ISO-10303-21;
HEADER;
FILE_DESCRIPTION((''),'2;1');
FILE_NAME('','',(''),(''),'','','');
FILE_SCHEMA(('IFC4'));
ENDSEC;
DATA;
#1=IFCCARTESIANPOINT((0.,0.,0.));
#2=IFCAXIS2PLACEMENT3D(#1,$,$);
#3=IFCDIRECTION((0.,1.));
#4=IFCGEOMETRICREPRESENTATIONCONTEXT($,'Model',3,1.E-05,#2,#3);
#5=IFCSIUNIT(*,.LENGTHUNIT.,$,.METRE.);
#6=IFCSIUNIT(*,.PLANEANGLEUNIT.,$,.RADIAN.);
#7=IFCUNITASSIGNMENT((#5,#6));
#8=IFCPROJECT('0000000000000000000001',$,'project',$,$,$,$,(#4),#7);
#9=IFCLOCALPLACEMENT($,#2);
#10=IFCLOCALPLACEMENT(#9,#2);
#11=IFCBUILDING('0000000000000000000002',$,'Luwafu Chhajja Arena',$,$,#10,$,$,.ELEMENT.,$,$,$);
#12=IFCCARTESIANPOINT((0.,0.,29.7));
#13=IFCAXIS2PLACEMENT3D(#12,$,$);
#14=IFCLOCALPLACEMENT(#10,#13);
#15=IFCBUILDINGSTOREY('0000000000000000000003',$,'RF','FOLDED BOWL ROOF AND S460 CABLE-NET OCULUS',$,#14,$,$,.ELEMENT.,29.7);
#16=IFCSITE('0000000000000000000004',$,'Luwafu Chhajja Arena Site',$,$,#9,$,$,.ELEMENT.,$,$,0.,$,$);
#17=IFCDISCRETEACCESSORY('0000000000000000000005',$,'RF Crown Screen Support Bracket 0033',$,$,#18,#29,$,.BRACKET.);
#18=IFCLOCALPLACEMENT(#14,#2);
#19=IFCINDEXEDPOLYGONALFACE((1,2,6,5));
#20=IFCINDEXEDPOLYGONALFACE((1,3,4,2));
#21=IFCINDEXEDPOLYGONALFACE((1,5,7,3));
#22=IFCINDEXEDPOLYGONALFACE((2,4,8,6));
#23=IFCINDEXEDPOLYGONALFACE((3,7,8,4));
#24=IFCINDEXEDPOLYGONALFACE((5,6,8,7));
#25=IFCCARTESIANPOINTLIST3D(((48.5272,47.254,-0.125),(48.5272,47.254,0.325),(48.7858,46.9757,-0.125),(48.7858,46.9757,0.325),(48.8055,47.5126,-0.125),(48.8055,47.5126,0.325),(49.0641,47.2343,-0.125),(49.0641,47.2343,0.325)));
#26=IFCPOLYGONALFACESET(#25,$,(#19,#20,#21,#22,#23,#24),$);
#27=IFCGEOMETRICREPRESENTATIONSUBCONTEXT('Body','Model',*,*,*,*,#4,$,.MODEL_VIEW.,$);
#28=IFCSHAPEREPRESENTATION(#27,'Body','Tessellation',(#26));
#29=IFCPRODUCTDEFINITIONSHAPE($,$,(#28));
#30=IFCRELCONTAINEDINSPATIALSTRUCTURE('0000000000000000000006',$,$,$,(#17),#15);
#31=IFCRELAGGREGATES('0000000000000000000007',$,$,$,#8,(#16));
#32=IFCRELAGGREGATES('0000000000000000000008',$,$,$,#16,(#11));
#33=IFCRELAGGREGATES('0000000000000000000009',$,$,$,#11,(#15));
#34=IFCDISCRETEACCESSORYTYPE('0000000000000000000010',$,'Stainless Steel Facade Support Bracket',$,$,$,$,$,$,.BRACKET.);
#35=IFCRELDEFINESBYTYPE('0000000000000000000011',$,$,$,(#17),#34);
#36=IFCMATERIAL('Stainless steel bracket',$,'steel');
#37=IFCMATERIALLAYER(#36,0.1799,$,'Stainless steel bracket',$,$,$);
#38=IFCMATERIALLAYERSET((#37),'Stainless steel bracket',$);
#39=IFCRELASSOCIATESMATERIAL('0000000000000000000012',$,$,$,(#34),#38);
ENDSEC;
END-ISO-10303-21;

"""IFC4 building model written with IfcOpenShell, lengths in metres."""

from ifc_helpers import new_model, si_unit, direction, frame, origin, origin_2d, place, context, subcontext, project, spatial, rectangle, extrude, material, layer, layer_set, type_object, element, save


model = new_model("IFC4")

# Units and contexts
model_context = context("Model", 3, precision=1e-05, world=origin(), true_north=direction((0.0, 1.0)))
body_context = subcontext(model_context, "Body", "Model", "MODEL_VIEW")
ifc_project = project(units=[si_unit("LENGTHUNIT", "METRE"), si_unit("PLANEANGLEUNIT", "RADIAN")], contexts=[model_context])

# Site, building, storey
site_placement = place(None, origin())
site = spatial("IfcSite", under=ifc_project, at=site_placement, Name="Luwafu Chhajja Arena Site", CompositionType="ELEMENT", RefElevation=0.0)
building_placement = place(site_placement, origin())
building = spatial("IfcBuilding", under=site, at=building_placement, Name="Luwafu Chhajja Arena", CompositionType="ELEMENT")
storey_placement = place(building_placement, frame((0.0, 0.0, 29.7)))
storey = spatial("IfcBuildingStorey", under=building, at=storey_placement, Name="RF", Description="FOLDED BOWL ROOF AND S460 CABLE-NET OCULUS", CompositionType="ELEMENT", Elevation=29.7)

# Discrete accessory
ifc_material_1 = material(Name="Stainless steel bracket", Category="steel")
ifc_layer_1 = layer(ifc_material_1, 0.1799, Name="Stainless steel bracket")
ifc_layer_set_1 = layer_set([ifc_layer_1], Name="Stainless steel bracket")
discrete_accessory_type = type_object("IfcDiscreteAccessoryType", Name="Stainless Steel Facade Support Bracket", PredefinedType="BRACKET", material=ifc_layer_set_1)
discrete_accessory_placement = place(storey_placement, frame((48.7957, 47.2441, -0.125), z_axis=(0.0, 0.0, 1.0), x_axis=(0.680631, -0.732626, 0.0)))
element("IfcDiscreteAccessory", 1, at=discrete_accessory_placement, inside=storey, type_object=discrete_accessory_type, Name="RF Crown Screen Support Bracket 0033", PredefinedType="BRACKET", context=body_context, shape_type="SweptSolid", body=[
    extrude(rectangle(XDim=0.3799, YDim=0.3799, at=origin_2d()), origin(), (0.0, 0.0, 1.0), 0.45),
])

save(model, "model.ifc")
